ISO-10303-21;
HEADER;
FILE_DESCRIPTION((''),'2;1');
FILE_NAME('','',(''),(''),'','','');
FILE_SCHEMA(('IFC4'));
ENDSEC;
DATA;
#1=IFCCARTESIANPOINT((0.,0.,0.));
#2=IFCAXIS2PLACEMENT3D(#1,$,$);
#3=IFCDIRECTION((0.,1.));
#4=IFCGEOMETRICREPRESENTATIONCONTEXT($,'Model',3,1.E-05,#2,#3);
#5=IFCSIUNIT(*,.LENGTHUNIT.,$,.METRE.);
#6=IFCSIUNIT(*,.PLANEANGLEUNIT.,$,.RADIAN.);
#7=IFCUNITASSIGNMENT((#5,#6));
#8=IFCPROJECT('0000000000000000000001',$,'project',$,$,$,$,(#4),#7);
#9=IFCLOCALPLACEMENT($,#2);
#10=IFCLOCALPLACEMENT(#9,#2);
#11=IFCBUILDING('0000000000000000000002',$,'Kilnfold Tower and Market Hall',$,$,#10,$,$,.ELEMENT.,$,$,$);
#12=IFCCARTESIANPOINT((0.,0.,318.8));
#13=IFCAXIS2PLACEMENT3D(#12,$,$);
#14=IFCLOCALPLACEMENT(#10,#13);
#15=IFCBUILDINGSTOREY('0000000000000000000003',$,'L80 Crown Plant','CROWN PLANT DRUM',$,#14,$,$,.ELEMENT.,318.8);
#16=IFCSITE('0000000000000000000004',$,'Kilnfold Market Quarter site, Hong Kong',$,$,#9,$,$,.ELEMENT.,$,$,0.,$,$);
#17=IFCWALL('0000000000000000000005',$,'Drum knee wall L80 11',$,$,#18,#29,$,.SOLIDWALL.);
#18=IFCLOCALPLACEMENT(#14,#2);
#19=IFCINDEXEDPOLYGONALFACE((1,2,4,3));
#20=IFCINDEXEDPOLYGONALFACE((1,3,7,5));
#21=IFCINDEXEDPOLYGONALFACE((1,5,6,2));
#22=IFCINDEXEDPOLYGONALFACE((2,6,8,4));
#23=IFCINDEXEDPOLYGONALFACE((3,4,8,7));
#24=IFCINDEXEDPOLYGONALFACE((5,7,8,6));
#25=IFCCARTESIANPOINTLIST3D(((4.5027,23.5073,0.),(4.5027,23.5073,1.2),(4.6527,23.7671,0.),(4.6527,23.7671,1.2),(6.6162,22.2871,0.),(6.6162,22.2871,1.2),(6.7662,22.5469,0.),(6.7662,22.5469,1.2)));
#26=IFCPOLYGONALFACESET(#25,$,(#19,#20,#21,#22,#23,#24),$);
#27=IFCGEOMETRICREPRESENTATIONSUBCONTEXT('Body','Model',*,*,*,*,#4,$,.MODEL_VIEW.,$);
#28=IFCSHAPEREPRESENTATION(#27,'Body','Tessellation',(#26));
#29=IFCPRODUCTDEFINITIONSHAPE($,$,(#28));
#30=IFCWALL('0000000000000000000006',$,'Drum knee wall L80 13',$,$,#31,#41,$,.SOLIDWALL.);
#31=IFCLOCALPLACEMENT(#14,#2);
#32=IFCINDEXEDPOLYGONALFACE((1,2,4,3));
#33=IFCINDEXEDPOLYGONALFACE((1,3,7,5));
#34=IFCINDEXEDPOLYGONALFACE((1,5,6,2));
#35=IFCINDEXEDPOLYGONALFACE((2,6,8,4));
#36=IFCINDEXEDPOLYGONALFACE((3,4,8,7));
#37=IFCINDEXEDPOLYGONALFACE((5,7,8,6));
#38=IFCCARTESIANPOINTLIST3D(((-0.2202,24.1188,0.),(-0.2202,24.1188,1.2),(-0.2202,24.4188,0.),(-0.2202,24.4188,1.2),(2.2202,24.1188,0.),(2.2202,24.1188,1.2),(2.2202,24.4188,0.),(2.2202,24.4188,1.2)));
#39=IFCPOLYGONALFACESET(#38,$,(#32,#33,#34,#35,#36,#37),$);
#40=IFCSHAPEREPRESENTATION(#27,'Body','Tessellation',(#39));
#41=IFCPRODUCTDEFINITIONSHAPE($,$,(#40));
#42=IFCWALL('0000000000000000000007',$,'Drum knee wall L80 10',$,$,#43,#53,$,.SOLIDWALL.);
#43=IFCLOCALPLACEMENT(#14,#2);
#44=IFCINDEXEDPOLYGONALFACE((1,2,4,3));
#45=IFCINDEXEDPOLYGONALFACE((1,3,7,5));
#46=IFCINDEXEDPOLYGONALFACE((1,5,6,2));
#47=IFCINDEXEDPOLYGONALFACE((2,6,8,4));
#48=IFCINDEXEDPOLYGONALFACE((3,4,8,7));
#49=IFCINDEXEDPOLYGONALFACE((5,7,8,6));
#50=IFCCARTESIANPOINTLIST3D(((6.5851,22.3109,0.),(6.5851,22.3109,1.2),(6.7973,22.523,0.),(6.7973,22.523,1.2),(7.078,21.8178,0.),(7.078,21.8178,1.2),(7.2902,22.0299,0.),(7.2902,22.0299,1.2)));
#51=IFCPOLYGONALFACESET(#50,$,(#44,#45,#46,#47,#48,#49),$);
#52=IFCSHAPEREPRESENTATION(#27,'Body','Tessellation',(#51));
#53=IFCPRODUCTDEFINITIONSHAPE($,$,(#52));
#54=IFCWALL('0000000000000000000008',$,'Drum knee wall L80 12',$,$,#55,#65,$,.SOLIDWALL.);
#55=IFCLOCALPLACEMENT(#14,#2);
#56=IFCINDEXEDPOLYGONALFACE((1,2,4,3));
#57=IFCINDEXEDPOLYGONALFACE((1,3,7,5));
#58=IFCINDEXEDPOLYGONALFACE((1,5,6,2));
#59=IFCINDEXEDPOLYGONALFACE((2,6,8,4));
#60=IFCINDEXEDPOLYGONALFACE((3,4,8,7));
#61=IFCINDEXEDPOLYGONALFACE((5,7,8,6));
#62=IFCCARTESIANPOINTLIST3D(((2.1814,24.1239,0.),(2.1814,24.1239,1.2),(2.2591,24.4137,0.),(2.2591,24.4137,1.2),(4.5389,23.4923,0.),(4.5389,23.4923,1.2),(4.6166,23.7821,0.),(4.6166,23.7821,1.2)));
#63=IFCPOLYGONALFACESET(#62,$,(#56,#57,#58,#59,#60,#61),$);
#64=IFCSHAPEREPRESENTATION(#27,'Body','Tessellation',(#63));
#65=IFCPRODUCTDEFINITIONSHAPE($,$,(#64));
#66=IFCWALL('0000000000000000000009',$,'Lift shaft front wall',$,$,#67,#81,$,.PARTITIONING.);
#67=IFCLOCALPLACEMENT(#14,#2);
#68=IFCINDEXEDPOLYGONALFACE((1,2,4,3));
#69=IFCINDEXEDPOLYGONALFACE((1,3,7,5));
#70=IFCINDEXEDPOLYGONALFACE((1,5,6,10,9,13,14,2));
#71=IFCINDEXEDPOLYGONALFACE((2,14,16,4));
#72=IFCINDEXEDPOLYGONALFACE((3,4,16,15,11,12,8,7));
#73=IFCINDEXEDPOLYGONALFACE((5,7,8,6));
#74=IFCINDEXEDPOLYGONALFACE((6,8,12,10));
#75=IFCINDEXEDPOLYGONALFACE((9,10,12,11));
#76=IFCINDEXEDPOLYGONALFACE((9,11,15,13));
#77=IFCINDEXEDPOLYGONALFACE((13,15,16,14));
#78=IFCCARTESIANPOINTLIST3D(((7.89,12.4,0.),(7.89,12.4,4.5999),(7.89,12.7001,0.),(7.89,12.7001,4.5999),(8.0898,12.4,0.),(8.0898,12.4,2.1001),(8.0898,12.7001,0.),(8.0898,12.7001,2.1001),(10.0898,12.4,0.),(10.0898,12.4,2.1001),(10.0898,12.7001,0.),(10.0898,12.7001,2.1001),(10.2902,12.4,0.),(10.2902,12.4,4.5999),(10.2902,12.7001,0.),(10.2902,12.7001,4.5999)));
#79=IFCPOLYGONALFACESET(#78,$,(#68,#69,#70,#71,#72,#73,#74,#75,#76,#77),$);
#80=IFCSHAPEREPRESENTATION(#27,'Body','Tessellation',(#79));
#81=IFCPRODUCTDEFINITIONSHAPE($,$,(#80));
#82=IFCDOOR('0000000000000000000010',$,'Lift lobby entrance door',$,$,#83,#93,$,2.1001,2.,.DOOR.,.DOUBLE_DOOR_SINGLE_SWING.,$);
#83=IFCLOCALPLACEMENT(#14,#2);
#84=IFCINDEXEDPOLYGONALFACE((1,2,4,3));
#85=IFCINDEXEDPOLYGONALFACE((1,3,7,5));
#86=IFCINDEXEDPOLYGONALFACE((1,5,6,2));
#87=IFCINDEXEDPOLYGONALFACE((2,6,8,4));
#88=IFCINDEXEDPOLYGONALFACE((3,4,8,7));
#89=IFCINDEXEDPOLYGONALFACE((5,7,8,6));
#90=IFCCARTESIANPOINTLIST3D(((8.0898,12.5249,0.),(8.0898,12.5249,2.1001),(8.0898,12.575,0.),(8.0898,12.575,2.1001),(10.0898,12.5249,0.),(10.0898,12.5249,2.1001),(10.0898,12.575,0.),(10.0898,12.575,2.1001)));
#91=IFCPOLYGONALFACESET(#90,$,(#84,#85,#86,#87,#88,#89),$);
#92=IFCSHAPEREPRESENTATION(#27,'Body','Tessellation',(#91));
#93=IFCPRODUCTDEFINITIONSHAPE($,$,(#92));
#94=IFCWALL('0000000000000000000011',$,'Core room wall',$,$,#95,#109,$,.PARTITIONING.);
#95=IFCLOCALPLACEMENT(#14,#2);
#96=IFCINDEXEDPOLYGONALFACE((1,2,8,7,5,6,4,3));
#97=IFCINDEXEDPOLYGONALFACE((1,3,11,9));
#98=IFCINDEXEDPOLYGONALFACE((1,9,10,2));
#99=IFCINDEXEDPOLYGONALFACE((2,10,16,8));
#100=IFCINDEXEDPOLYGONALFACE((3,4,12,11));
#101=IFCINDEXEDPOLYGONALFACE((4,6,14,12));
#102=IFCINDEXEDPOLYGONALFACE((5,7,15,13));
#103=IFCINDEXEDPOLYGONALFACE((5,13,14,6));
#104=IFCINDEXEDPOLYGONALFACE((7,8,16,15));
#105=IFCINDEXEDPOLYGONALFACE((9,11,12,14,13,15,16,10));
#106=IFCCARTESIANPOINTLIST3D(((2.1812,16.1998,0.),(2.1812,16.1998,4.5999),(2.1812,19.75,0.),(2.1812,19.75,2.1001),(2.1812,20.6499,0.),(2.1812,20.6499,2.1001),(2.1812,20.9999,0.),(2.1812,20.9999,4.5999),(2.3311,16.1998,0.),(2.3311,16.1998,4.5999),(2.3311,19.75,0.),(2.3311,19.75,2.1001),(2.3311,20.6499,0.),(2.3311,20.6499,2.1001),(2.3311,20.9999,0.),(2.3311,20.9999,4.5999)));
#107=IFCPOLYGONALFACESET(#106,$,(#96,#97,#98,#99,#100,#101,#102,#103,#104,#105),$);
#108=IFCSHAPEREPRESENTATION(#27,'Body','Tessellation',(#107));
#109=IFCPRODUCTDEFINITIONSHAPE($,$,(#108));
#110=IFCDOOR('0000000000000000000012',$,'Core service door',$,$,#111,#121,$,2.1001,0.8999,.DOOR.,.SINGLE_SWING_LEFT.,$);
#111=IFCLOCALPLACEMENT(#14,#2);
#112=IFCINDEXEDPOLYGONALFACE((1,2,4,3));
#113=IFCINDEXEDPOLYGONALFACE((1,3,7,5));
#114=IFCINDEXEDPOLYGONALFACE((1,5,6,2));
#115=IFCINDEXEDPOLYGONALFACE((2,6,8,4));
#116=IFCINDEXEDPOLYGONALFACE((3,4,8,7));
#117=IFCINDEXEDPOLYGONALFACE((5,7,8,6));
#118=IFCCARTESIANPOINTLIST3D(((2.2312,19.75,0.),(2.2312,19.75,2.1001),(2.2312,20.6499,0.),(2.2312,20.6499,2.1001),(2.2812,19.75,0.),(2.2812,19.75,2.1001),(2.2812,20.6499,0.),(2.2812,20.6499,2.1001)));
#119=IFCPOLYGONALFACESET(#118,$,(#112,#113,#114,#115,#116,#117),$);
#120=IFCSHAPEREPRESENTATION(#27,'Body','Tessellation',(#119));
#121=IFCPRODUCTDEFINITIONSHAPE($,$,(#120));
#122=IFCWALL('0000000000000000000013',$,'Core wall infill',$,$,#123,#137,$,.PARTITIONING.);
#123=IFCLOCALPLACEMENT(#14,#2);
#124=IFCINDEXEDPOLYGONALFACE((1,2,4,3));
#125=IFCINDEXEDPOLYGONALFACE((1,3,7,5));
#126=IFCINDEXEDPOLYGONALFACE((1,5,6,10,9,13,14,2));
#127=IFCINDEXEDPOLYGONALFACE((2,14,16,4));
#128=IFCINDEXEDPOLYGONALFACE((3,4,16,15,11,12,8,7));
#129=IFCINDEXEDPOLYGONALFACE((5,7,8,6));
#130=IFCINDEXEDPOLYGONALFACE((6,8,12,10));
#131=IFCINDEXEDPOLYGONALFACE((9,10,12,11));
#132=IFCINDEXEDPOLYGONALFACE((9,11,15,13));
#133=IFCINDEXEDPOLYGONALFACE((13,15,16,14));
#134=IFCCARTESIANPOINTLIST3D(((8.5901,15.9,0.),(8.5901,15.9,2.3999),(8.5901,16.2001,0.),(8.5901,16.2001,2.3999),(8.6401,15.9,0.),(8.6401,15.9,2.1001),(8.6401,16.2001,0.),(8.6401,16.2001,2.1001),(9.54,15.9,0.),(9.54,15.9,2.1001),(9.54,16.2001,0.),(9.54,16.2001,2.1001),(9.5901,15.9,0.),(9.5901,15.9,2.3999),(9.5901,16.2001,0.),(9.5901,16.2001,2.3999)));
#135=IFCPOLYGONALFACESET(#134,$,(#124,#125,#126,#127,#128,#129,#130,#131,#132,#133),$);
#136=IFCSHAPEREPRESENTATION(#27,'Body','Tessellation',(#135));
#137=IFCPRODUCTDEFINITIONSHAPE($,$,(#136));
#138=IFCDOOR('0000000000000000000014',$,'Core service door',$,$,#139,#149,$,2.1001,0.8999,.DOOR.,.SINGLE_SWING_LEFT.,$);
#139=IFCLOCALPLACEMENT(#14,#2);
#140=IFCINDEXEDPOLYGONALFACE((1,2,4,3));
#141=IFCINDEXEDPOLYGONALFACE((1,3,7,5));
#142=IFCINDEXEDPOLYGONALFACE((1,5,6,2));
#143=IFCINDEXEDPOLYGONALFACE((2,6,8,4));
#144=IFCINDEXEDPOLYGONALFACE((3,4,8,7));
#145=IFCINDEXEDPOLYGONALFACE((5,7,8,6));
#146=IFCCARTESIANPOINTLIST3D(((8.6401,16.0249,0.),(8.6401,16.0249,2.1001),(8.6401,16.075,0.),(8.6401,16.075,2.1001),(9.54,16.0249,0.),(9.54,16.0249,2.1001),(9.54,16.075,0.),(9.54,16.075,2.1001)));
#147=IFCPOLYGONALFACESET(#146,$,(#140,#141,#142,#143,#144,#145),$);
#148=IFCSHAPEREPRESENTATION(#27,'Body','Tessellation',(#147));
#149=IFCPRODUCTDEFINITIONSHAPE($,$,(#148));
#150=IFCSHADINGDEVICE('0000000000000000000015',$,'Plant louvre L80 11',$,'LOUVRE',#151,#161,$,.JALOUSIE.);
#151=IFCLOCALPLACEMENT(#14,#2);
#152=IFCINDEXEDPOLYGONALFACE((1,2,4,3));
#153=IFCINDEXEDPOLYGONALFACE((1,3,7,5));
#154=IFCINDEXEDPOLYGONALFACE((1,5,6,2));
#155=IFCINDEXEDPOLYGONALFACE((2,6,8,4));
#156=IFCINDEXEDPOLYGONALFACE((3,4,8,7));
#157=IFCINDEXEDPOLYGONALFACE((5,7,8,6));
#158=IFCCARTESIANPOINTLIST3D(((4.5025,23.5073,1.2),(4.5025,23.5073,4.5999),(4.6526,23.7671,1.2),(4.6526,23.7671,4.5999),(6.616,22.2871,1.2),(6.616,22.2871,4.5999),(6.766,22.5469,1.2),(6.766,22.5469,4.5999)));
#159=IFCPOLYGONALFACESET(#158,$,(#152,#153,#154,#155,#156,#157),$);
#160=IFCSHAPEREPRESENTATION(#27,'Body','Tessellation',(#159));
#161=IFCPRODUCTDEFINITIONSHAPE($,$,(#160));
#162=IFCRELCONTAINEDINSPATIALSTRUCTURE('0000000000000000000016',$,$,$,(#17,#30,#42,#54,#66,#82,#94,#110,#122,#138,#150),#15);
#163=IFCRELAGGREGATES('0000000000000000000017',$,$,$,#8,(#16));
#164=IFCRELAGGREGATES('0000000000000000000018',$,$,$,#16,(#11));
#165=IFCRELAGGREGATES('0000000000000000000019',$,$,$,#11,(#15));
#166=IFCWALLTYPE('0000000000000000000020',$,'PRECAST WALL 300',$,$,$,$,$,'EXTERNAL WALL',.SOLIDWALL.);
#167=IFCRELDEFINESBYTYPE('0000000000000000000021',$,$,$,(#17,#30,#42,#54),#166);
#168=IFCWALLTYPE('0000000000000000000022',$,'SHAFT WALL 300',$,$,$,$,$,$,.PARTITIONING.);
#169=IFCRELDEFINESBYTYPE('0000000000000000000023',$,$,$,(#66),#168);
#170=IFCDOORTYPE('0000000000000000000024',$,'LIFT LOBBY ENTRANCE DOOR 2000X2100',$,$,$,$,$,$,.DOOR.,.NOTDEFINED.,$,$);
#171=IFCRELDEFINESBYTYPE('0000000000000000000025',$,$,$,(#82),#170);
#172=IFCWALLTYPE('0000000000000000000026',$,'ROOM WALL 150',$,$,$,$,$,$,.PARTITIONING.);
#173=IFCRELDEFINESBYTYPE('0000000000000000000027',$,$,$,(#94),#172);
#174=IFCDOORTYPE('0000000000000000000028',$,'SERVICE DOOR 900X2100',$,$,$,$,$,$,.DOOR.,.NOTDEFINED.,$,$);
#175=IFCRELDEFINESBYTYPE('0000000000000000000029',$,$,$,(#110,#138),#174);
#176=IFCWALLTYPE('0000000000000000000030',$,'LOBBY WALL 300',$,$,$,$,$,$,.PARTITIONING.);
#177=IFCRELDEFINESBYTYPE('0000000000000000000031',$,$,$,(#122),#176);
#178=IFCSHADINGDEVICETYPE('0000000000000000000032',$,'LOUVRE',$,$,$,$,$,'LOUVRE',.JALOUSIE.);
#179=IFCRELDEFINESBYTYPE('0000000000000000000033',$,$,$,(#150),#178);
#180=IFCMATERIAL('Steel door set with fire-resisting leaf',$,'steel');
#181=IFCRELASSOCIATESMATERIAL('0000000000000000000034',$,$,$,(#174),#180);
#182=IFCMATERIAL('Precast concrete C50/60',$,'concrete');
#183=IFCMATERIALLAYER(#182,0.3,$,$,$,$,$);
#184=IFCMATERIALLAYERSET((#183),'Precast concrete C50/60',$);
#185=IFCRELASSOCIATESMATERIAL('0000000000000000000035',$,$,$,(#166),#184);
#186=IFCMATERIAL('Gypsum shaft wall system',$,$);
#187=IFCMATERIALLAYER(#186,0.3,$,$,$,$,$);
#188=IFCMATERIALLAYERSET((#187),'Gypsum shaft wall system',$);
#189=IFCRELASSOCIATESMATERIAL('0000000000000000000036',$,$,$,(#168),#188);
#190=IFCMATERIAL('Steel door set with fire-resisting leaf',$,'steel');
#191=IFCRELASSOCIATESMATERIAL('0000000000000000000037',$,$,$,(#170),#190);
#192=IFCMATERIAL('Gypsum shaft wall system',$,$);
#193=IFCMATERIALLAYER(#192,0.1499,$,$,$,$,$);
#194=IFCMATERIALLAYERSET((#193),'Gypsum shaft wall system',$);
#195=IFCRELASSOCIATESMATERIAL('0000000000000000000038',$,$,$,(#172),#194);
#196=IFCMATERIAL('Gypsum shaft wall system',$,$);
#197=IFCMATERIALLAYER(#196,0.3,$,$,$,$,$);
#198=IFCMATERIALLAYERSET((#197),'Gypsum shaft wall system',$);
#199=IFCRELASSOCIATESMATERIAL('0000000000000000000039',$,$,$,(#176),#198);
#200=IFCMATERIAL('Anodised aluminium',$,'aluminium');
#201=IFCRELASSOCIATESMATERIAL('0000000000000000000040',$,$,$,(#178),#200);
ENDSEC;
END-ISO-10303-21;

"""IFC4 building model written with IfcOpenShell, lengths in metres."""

from ifc_helpers import new_model, si_unit, direction, frame, frame_2d, origin, origin_2d, place, context, subcontext, project, spatial, rectangle, extrude, source, transform, mapped, material, layer, layer_set, type_object, element, fill, save


model = new_model("IFC4")

# Units and contexts
model_context = context("Model", 3, precision=1e-05, world=origin(), true_north=direction((0.0, 1.0)))
body_context = subcontext(model_context, "Body", "Model", "MODEL_VIEW")
ifc_project = project(units=[si_unit("LENGTHUNIT", "METRE"), si_unit("PLANEANGLEUNIT", "RADIAN")], contexts=[model_context])

# Site, building, storey
site_placement = place(None, origin())
site = spatial("IfcSite", under=ifc_project, at=site_placement, Name="Kilnfold Market Quarter site, Hong Kong", CompositionType="ELEMENT", RefElevation=0.0)
building_placement = place(site_placement, origin())
building = spatial("IfcBuilding", under=site, at=building_placement, Name="Kilnfold Tower and Market Hall", CompositionType="ELEMENT")
storey_placement = place(building_placement, frame((0.0, 0.0, 318.8)))
storey = spatial("IfcBuildingStorey", under=building, at=storey_placement, Name="L80 Crown Plant", Description="CROWN PLANT DRUM", CompositionType="ELEMENT", Elevation=318.8)

# Shared definitions
ifc_material_1 = material(Name="Steel door set with fire-resisting leaf", Category="steel")
door_type_1 = type_object("IfcDoorType", Name="SERVICE DOOR 900X2100", OperationType="NOTDEFINED", PredefinedType="DOOR", material=ifc_material_1)

# Walls
ifc_material_2 = material(Name="Precast concrete C50/60", Category="concrete")
ifc_layer_1 = layer(ifc_material_2, 0.3)
ifc_layer_set_1 = layer_set([ifc_layer_1], Name="Precast concrete C50/60")
wall_type_1 = type_object("IfcWallType", Name="PRECAST WALL 300", ElementType="EXTERNAL WALL", PredefinedType="SOLIDWALL", material=ifc_layer_set_1)
shared_shape_1 = source(origin(), body_context, "Body", "SweptSolid", [
    extrude(rectangle(XDim=2.4404, YDim=0.3, at=frame_2d((1.2202, 0.0))), origin(), (0.0, 0.0, 1.0), 1.2),
])
for number, where, z_axis, x_axis, name in (
    (1, (6.6912, 22.417, 0.0), (0.0, 0.0, 1.0), (-0.866031, 0.499991, 0.0), "Drum knee wall L80 11"),
    (2, (2.2202, 24.2688, 0.0), (0.0, 0.0, 1.0), (-1.0, 0.0, 0.0), "Drum knee wall L80 13"),
):
    element("IfcWall", number, at=place(storey_placement, frame(where, z_axis=z_axis, x_axis=x_axis)), inside=storey, type_object=wall_type_1, Name=name, PredefinedType="SOLIDWALL", context=body_context, shape_type="MappedRepresentation", body=[
        mapped(shared_shape_1, transform((0.0, 0.0, 0.0))),
    ])
shared_shape_2 = source(origin(), body_context, "Body", "SweptSolid", [
    extrude(rectangle(XDim=0.6973, YDim=0.3, at=frame_2d((0.3486, 0.0))), origin(), (0.0, 0.0, 1.0), 1.2),
])
wall_1_placement = place(storey_placement, frame((7.1841, 21.9238, 0.0), z_axis=(0.0, 0.0, 1.0), x_axis=(-0.706932, 0.707282, 0.0)))
element("IfcWall", 3, at=wall_1_placement, inside=storey, type_object=wall_type_1, Name="Drum knee wall L80 10", PredefinedType="SOLIDWALL", context=body_context, shape_type="MappedRepresentation", body=[
    mapped(shared_shape_2, transform((0.0, 0.0, 0.0))),
])
shared_shape_3 = source(origin(), body_context, "Body", "SweptSolid", [
    extrude(rectangle(XDim=2.4407, YDim=0.3, at=frame_2d((1.2202, 0.0))), origin(), (0.0, 0.0, 1.0), 1.2),
])
wall_2_placement = place(storey_placement, frame((4.5776, 23.6372, 0.0), z_axis=(0.0, 0.0, 1.0), x_axis=(-0.965934, 0.258789, 0.0)))
element("IfcWall", 4, at=wall_2_placement, inside=storey, type_object=wall_type_1, Name="Drum knee wall L80 12", PredefinedType="SOLIDWALL", context=body_context, shape_type="MappedRepresentation", body=[
    mapped(shared_shape_3, transform((0.0, 0.0, 0.0))),
])

# Walls, openings, doors
ifc_material_3 = material(Name="Gypsum shaft wall system")
ifc_layer_2 = layer(ifc_material_3, 0.3)
ifc_layer_set_2 = layer_set([ifc_layer_2], Name="Gypsum shaft wall system")
wall_type_2 = type_object("IfcWallType", Name="SHAFT WALL 300", PredefinedType="PARTITIONING", material=ifc_layer_set_2)
shared_shape_4 = source(origin(), body_context, "Body", "SweptSolid", [
    extrude(rectangle(XDim=2.4001, YDim=0.3, at=frame_2d((1.2002, 0.0))), origin(), (0.0, 0.0, 1.0), 4.5999),
])
wall_3_placement = place(storey_placement, frame((7.8899, 12.55, 0.0), z_axis=(0.0, 0.0, 1.0), x_axis=(1.0, 0.0, 0.0)))
wall_3 = element("IfcWall", 5, at=wall_3_placement, inside=storey, type_object=wall_type_2, Name="Lift shaft front wall", PredefinedType="PARTITIONING", context=body_context, shape_type="MappedRepresentation", body=[
    mapped(shared_shape_4, transform((0.0, 0.0, 0.0))),
])
opening_1_placement = place(wall_3_placement, frame((0.2, 0.0, 0.0)))
opening_1 = element("IfcOpeningElement", 6, at=opening_1_placement, cuts=wall_3, PredefinedType="OPENING", context=body_context, shape_type="SweptSolid", body=[
    extrude(rectangle(XDim=2.0, YDim=2.1001, at=frame_2d((1.0, 1.05))), frame((0.0, 0.1602, 0.0), z_axis=(0.0, -1.0, 0.0), x_axis=(1.0, 0.0, 0.0)), (0.0, 0.0, 1.0), 0.3201),
])
ifc_material_4 = material(Name="Steel door set with fire-resisting leaf", Category="steel")
door_type_2 = type_object("IfcDoorType", Name="LIFT LOBBY ENTRANCE DOOR 2000X2100", OperationType="NOTDEFINED", PredefinedType="DOOR", material=ifc_material_4)
door_1_placement = place(opening_1_placement, origin())
door_1 = element("IfcDoor", 7, at=door_1_placement, inside=storey, type_object=door_type_2, Name="Lift lobby entrance door", OperationType="DOUBLE_DOOR_SINGLE_SWING", OverallHeight=2.1001, OverallWidth=2.0, PredefinedType="DOOR", context=body_context, shape_type="SweptSolid", body=[
    extrude(rectangle(XDim=2.0, YDim=2.1001, at=frame_2d((1.0, 1.05))), frame((0.0, 0.0249, 0.0), z_axis=(0.0, -1.0, 0.0), x_axis=(1.0, 0.0, 0.0)), (0.0, 0.0, 1.0), 0.05),
])
fill(opening_1, door_1)
ifc_material_5 = material(Name="Gypsum shaft wall system")
ifc_layer_3 = layer(ifc_material_5, 0.1499)
ifc_layer_set_3 = layer_set([ifc_layer_3], Name="Gypsum shaft wall system")
wall_type_3 = type_object("IfcWallType", Name="ROOM WALL 150", PredefinedType="PARTITIONING", material=ifc_layer_set_3)
shared_shape_5 = source(origin(), body_context, "Body", "SweptSolid", [
    extrude(rectangle(XDim=4.8, YDim=0.1499, at=frame_2d((2.3999, 0.0))), origin(), (0.0, 0.0, 1.0), 4.5999),
])
wall_4_placement = place(storey_placement, frame((2.2561, 16.2, 0.0), z_axis=(0.0, 0.0, 1.0), x_axis=(0.0, 1.0, 0.0)))
wall_4 = element("IfcWall", 8, at=wall_4_placement, inside=storey, type_object=wall_type_3, Name="Core room wall", PredefinedType="PARTITIONING", context=body_context, shape_type="MappedRepresentation", body=[
    mapped(shared_shape_5, transform((0.0, 0.0, 0.0))),
])
opening_2_placement = place(wall_4_placement, frame((3.55, 0.0, 0.0)))
opening_2 = element("IfcOpeningElement", 9, at=opening_2_placement, cuts=wall_4, PredefinedType="OPENING", context=body_context, shape_type="SweptSolid", body=[
    extrude(rectangle(XDim=0.8999, YDim=2.1001, at=frame_2d((0.45, 1.05))), frame((0.0, 0.085, 0.0), z_axis=(0.0, -1.0, 0.0), x_axis=(1.0, 0.0, 0.0)), (0.0, 0.0, 1.0), 0.1699),
])
door_2_placement = place(opening_2_placement, origin())
door_2 = element("IfcDoor", 10, at=door_2_placement, inside=storey, type_object=door_type_1, Name="Core service door", OperationType="SINGLE_SWING_LEFT", OverallHeight=2.1001, OverallWidth=0.8999, PredefinedType="DOOR", context=body_context, shape_type="SweptSolid", body=[
    extrude(rectangle(XDim=0.8999, YDim=2.1001, at=frame_2d((0.45, 1.05))), frame((0.0, 0.0249, 0.0), z_axis=(0.0, -1.0, 0.0), x_axis=(1.0, 0.0, 0.0)), (0.0, 0.0, 1.0), 0.05),
])
fill(opening_2, door_2)
ifc_material_6 = material(Name="Gypsum shaft wall system")
ifc_layer_4 = layer(ifc_material_6, 0.3)
ifc_layer_set_4 = layer_set([ifc_layer_4], Name="Gypsum shaft wall system")
wall_type_4 = type_object("IfcWallType", Name="LOBBY WALL 300", PredefinedType="PARTITIONING", material=ifc_layer_set_4)
shared_shape_6 = source(origin(), body_context, "Body", "SweptSolid", [
    extrude(rectangle(XDim=1.0, YDim=0.3, at=frame_2d((0.5, 0.0))), origin(), (0.0, 0.0, 1.0), 2.3999),
])
wall_5_placement = place(storey_placement, frame((8.5901, 16.05, 0.0), z_axis=(0.0, 0.0, 1.0), x_axis=(1.0, 0.0, 0.0)))
wall_5 = element("IfcWall", 11, at=wall_5_placement, inside=storey, type_object=wall_type_4, Name="Core wall infill", PredefinedType="PARTITIONING", context=body_context, shape_type="MappedRepresentation", body=[
    mapped(shared_shape_6, transform((0.0, 0.0, 0.0))),
])
opening_3_placement = place(wall_5_placement, frame((0.05, 0.0, 0.0)))
opening_3 = element("IfcOpeningElement", 12, at=opening_3_placement, cuts=wall_5, PredefinedType="OPENING", context=body_context, shape_type="SweptSolid", body=[
    extrude(rectangle(XDim=0.8999, YDim=2.1001, at=frame_2d((0.45, 1.05))), frame((0.0, 0.1602, 0.0), z_axis=(0.0, -1.0, 0.0), x_axis=(1.0, 0.0, 0.0)), (0.0, 0.0, 1.0), 0.3201),
])
door_3_placement = place(opening_3_placement, origin())
door_3 = element("IfcDoor", 13, at=door_3_placement, inside=storey, type_object=door_type_1, Name="Core service door", OperationType="SINGLE_SWING_LEFT", OverallHeight=2.1001, OverallWidth=0.8999, PredefinedType="DOOR", context=body_context, shape_type="SweptSolid", body=[
    extrude(rectangle(XDim=0.8999, YDim=2.1001, at=frame_2d((0.45, 1.05))), frame((0.0, 0.0249, 0.0), z_axis=(0.0, -1.0, 0.0), x_axis=(1.0, 0.0, 0.0)), (0.0, 0.0, 1.0), 0.05),
])
fill(opening_3, door_3)

# Shading device
ifc_material_7 = material(Name="Anodised aluminium", Category="aluminium")
shading_device_type = type_object("IfcShadingDeviceType", Name="LOUVRE", ElementType="LOUVRE", PredefinedType="JALOUSIE", material=ifc_material_7)
shared_shape_7 = source(origin(), body_context, "Body", "SweptSolid", [
    extrude(rectangle(XDim=2.4404, YDim=0.3, at=origin_2d()), origin(), (0.0, 0.0, 1.0), 3.3999),
])
for number, where, z_axis, x_axis, name in (
    (14, (5.6343, 23.0271, 1.2), (0.0, 0.0, 1.0), (-0.866021, 0.500008, 0.0), "Plant louvre L80 11"),
):
    element("IfcShadingDevice", number, at=place(storey_placement, frame(where, z_axis=z_axis, x_axis=x_axis)), inside=storey, type_object=shading_device_type, Name=name, ObjectType="LOUVRE", PredefinedType="JALOUSIE", context=body_context, shape_type="MappedRepresentation", body=[
        mapped(shared_shape_7, transform((0.0, 0.0, 0.0))),
    ])

save(model, "model.ifc")
